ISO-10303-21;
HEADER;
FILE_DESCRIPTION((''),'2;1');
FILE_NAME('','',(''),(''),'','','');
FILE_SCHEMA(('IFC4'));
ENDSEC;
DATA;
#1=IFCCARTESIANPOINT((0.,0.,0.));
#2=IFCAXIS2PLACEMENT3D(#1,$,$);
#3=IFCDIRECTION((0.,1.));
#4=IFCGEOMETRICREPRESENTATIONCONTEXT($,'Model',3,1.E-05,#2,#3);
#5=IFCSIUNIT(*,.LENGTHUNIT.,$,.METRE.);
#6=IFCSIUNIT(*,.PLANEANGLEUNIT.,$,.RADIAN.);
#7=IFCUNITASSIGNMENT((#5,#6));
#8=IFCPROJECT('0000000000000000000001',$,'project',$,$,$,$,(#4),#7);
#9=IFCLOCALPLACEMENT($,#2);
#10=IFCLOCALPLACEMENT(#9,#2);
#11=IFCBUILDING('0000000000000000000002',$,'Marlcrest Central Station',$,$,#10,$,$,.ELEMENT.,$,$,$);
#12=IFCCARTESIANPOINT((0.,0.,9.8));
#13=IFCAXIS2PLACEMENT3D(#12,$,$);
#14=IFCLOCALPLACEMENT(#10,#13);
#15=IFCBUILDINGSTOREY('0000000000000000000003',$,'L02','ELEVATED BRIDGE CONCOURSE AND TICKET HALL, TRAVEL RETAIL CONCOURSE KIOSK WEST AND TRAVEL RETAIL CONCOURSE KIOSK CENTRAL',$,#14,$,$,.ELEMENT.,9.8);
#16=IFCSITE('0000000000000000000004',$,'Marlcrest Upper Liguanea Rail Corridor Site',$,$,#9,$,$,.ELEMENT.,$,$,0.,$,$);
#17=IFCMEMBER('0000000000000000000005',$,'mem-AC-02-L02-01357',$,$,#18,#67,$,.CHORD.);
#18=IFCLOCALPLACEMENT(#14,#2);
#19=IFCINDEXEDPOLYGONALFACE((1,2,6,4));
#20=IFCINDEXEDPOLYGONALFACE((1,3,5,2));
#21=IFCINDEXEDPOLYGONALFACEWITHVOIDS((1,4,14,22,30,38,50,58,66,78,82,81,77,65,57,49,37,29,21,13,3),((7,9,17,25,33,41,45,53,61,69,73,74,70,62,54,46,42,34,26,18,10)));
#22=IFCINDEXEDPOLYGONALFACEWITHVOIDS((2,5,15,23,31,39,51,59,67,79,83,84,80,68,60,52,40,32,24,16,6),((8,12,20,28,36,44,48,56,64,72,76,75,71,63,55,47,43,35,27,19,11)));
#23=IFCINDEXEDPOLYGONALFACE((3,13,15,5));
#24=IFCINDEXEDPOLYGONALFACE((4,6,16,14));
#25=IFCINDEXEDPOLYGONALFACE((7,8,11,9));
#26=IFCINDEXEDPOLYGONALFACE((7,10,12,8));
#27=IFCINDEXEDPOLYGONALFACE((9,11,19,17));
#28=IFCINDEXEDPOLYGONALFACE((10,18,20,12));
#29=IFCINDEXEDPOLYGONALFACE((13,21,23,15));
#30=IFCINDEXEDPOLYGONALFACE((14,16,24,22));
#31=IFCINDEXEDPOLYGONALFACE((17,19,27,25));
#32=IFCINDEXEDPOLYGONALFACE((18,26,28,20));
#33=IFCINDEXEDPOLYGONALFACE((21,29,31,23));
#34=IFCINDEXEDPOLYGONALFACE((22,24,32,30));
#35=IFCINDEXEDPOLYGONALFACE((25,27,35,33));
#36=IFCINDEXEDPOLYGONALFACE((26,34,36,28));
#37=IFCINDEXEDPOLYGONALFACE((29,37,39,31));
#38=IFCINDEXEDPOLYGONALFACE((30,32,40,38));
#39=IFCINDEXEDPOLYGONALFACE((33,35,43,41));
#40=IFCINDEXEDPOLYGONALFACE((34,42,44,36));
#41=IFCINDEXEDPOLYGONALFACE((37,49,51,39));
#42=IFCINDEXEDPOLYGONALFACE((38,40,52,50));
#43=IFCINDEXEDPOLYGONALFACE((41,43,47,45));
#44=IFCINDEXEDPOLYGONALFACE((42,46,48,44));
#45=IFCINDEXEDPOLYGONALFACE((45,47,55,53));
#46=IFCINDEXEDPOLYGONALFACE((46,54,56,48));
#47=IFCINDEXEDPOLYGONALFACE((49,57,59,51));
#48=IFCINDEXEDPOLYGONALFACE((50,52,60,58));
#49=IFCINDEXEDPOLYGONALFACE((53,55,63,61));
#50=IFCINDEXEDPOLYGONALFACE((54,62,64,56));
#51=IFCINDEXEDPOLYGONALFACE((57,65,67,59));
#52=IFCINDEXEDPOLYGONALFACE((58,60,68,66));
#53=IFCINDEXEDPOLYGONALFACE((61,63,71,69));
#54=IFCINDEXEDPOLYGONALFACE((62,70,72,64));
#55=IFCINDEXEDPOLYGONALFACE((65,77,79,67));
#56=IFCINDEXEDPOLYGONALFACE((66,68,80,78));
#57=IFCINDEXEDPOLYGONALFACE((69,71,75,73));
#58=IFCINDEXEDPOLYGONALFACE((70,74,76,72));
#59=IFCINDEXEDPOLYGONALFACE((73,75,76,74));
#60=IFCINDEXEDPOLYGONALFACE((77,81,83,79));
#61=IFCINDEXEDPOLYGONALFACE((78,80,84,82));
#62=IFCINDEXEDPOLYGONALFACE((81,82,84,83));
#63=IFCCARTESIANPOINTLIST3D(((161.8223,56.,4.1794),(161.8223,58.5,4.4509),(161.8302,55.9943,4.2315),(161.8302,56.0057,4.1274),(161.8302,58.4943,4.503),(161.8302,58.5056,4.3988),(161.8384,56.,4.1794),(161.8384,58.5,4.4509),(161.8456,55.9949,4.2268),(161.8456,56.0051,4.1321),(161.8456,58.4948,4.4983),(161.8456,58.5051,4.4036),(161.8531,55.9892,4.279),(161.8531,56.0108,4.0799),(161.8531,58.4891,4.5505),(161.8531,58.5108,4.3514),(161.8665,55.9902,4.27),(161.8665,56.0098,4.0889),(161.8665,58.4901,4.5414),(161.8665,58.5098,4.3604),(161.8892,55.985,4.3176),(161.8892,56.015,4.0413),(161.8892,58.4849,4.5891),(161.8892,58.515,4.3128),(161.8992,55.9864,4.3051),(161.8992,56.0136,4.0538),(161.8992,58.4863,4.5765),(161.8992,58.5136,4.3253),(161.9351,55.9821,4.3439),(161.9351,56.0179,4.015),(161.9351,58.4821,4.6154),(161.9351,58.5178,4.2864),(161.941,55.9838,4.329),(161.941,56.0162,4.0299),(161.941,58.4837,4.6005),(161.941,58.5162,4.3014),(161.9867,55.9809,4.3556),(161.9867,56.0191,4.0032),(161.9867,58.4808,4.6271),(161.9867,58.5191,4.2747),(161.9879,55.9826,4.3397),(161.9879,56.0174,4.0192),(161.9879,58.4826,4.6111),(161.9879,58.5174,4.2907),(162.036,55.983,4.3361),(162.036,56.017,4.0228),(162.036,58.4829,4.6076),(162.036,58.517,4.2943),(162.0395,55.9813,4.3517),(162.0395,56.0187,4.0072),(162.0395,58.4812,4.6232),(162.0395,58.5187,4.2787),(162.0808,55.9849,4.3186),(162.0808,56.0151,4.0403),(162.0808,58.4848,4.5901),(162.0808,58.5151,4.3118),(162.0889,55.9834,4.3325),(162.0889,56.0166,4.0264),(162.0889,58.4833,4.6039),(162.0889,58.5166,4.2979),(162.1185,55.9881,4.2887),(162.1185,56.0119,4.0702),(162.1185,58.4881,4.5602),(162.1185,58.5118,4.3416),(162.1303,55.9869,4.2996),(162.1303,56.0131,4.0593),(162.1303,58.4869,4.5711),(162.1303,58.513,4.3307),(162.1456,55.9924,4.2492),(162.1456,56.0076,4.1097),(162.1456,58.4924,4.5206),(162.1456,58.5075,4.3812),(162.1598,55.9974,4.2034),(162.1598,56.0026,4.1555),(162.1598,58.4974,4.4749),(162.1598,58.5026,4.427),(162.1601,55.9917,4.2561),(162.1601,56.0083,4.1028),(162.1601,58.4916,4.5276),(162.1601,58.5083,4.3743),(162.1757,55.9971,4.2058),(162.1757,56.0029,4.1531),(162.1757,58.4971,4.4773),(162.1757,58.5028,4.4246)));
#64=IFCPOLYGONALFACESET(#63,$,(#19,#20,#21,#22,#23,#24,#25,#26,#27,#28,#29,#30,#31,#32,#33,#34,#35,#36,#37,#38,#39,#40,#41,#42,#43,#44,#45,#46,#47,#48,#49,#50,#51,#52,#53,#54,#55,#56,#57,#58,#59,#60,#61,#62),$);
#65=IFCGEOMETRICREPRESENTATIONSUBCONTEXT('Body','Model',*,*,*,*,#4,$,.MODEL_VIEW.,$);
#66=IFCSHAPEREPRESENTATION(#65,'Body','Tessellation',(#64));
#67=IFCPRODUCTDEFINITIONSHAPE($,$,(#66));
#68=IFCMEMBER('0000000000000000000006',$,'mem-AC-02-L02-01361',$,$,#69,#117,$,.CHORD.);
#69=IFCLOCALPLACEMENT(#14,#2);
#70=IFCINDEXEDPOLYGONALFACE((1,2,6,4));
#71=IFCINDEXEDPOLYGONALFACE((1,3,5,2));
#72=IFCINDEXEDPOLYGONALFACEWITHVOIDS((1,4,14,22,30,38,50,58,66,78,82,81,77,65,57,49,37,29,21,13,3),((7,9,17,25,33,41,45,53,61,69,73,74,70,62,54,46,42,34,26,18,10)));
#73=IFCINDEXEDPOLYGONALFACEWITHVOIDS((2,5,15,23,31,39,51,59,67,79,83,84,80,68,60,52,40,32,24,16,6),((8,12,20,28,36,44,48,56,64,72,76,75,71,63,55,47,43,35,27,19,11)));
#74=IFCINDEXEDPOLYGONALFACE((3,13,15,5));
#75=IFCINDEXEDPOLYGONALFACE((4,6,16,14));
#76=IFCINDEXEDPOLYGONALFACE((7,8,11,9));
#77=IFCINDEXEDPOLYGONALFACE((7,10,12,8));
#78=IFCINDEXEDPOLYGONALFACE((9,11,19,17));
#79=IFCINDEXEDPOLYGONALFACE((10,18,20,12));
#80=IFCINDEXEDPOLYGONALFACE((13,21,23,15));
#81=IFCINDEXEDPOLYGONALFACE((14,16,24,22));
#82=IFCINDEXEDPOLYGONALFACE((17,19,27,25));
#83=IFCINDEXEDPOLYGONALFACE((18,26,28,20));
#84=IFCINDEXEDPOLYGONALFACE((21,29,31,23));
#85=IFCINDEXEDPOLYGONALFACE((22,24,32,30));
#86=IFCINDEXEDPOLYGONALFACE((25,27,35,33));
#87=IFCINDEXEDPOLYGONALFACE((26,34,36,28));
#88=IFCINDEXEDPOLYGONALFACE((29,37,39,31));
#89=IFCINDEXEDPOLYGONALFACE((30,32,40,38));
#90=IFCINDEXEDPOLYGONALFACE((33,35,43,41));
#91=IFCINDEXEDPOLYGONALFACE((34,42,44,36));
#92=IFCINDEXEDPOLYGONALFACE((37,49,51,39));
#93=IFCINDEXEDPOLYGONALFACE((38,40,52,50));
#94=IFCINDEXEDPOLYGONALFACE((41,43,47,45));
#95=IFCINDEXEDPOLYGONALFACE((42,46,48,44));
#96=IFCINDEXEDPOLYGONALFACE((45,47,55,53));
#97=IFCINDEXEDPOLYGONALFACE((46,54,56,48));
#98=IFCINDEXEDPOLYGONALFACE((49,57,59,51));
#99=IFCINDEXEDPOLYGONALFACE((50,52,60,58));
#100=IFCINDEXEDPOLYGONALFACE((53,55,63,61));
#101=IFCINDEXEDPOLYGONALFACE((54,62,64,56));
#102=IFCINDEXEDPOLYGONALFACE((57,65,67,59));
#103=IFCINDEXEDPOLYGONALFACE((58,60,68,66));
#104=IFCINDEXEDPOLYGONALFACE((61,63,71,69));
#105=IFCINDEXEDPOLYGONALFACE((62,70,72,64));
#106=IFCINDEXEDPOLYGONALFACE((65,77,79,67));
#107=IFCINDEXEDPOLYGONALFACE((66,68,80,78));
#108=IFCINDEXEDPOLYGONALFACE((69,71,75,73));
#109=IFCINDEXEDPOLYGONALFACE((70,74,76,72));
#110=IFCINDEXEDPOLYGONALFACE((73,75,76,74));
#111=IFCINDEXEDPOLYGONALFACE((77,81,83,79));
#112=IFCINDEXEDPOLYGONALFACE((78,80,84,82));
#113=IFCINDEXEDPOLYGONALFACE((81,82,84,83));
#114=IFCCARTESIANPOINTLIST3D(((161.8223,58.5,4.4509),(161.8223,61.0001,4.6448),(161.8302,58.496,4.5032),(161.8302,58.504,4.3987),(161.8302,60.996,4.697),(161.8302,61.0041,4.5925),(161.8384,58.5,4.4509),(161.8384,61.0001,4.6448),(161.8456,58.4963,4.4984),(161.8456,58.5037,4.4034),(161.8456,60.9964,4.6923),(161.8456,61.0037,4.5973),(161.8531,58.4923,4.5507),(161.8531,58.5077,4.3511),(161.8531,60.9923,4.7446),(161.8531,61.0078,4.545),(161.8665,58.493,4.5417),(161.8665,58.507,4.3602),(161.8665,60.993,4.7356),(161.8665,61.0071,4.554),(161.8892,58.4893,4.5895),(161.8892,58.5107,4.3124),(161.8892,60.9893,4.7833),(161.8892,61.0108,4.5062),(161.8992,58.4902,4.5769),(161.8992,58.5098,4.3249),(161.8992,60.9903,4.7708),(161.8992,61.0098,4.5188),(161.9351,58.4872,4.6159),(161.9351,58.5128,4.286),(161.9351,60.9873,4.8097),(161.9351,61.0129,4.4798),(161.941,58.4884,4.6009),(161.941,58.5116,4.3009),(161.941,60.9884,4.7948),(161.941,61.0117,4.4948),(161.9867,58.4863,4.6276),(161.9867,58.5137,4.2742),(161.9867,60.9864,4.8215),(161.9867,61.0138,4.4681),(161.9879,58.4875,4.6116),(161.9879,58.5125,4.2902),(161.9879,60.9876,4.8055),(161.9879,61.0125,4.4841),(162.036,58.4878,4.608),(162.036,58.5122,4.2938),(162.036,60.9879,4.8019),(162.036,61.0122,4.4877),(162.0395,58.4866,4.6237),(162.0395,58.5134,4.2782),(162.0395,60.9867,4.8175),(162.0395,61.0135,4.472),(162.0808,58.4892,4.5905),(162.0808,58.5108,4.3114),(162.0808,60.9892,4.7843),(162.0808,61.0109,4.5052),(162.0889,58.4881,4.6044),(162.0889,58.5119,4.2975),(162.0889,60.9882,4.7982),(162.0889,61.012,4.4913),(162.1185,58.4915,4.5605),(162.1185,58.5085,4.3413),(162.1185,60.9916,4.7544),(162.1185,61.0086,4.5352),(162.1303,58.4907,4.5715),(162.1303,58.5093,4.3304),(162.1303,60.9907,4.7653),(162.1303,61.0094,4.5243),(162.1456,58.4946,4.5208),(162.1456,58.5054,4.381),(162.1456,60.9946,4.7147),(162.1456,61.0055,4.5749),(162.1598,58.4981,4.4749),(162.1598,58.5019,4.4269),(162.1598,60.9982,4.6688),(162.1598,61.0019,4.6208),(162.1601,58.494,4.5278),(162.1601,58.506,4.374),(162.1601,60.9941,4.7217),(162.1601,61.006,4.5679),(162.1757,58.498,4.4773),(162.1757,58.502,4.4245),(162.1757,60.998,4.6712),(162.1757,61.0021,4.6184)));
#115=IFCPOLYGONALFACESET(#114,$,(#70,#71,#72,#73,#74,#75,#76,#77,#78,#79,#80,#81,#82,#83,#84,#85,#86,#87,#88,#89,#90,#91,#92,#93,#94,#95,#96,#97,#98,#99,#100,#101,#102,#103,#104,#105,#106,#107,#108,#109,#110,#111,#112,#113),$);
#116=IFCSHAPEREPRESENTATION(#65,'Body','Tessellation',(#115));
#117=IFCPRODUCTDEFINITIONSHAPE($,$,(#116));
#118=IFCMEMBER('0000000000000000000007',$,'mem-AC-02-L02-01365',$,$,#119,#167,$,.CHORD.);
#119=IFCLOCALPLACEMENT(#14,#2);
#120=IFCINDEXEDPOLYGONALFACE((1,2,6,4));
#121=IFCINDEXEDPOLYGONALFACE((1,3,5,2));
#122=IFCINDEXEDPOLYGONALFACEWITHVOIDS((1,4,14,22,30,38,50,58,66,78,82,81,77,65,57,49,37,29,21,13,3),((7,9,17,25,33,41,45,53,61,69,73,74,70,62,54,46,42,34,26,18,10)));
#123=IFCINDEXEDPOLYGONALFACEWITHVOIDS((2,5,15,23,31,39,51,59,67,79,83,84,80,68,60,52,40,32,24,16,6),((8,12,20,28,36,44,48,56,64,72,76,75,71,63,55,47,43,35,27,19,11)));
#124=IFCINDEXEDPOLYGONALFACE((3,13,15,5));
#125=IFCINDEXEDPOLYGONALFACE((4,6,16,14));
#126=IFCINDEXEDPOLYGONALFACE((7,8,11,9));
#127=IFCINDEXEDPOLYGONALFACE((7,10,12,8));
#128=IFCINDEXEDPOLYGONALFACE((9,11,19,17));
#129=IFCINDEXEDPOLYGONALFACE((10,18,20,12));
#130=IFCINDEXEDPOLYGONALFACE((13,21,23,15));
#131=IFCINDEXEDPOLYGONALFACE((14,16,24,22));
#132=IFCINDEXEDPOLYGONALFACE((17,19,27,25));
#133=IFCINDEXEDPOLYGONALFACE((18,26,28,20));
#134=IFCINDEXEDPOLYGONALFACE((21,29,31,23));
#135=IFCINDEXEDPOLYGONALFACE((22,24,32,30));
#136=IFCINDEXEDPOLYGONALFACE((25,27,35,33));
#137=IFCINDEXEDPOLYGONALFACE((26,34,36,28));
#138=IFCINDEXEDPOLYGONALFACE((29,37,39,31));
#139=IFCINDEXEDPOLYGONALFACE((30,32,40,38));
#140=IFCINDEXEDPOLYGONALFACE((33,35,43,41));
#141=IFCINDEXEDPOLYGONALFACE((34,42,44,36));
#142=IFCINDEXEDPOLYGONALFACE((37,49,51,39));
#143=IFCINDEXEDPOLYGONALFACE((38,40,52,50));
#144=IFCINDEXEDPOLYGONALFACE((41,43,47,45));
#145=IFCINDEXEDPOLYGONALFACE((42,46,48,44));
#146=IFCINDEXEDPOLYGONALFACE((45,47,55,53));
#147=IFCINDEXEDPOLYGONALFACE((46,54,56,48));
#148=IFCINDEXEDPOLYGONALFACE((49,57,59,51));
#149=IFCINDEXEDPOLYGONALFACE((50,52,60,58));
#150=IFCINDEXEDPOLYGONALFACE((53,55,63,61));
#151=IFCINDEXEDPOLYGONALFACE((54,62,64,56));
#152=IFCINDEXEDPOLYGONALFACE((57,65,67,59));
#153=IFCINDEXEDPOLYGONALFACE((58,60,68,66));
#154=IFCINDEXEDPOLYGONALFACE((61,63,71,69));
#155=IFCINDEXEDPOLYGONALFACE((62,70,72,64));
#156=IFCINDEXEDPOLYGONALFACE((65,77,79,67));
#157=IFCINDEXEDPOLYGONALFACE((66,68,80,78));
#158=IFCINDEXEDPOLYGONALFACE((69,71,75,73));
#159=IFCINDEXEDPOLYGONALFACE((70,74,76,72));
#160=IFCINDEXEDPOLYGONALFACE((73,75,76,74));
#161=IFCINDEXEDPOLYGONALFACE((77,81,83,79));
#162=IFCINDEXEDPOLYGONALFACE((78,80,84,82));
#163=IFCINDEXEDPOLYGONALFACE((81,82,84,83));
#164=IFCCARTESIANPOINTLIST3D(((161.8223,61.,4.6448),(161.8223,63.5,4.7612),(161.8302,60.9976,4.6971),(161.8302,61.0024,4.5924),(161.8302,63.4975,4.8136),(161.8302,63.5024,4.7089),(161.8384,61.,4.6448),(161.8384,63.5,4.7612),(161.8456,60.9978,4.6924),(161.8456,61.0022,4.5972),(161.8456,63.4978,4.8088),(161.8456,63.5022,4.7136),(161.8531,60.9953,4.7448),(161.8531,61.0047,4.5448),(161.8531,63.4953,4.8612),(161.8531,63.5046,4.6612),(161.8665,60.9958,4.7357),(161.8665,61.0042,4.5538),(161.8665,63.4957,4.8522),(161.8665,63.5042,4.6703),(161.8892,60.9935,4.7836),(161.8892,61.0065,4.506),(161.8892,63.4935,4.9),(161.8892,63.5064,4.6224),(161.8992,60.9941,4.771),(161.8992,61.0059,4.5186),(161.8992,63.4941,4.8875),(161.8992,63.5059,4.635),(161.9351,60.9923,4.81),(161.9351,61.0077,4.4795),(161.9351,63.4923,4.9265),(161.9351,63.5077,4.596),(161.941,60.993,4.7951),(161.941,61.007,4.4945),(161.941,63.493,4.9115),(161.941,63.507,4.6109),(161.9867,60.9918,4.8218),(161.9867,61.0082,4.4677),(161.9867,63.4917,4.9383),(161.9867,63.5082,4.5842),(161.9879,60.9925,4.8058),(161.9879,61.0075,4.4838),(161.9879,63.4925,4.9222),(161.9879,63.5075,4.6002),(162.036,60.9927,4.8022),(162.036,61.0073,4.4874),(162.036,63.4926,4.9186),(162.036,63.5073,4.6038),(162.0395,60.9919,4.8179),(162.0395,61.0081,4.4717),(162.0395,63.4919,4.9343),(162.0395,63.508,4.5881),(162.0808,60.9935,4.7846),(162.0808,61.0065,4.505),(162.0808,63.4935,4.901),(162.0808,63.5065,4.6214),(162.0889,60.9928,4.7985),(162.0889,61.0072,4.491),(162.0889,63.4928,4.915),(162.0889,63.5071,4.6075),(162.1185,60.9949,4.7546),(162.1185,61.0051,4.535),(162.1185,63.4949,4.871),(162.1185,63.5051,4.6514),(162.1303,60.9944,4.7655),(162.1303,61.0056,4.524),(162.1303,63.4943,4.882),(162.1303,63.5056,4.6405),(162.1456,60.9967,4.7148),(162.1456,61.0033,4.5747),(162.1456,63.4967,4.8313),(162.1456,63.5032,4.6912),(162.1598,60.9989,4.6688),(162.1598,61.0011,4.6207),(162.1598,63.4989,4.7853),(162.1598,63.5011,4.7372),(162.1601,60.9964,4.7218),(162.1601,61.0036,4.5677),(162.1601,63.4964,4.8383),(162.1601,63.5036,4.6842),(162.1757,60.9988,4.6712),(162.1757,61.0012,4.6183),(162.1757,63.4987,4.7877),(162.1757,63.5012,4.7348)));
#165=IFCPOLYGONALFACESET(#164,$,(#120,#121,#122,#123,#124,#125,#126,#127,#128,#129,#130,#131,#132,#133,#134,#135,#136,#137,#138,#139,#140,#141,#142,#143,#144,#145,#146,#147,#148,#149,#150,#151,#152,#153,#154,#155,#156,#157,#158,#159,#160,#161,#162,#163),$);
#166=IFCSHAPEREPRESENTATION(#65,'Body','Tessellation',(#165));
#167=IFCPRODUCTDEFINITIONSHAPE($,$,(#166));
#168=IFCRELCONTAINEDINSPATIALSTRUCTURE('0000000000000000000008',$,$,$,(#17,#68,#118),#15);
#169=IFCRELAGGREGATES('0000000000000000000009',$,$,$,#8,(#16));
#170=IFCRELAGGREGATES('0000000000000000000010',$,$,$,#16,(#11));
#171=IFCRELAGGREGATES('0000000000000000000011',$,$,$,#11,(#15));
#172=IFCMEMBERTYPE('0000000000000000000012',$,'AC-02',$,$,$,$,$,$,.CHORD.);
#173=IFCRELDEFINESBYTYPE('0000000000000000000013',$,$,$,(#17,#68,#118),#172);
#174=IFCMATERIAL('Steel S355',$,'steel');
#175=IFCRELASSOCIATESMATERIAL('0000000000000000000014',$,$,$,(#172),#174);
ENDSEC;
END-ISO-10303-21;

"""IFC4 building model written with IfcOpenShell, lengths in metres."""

from ifc_helpers import new_model, si_unit, direction, frame, origin, origin_2d, place, context, subcontext, project, spatial, hollow_circle, extrude, material, material_profile, profile_set, type_object, element, save


model = new_model("IFC4")

# Units and contexts
model_context = context("Model", 3, precision=1e-05, world=origin(), true_north=direction((0.0, 1.0)))
body_context = subcontext(model_context, "Body", "Model", "MODEL_VIEW")
ifc_project = project(units=[si_unit("LENGTHUNIT", "METRE"), si_unit("PLANEANGLEUNIT", "RADIAN")], contexts=[model_context])

# Site, building, storey
site_placement = place(None, origin())
site = spatial("IfcSite", under=ifc_project, at=site_placement, Name="Marlcrest Upper Liguanea Rail Corridor Site", CompositionType="ELEMENT", RefElevation=0.0)
building_placement = place(site_placement, origin())
building = spatial("IfcBuilding", under=site, at=building_placement, Name="Marlcrest Central Station", CompositionType="ELEMENT")
storey_placement = place(building_placement, frame((0.0, 0.0, 9.8)))
storey = spatial("IfcBuildingStorey", under=building, at=storey_placement, Name="L02", Description="ELEVATED BRIDGE CONCOURSE AND TICKET HALL, TRAVEL RETAIL CONCOURSE KIOSK WEST AND TRAVEL RETAIL CONCOURSE KIOSK CENTRAL", CompositionType="ELEMENT", Elevation=9.8)

# Members
ifc_material = material(Name="Steel S355", Category="steel")
ifc_material_profile_1 = material_profile(ifc_material, hollow_circle(Radius=0.1777, WallThickness=0.0161, at=origin_2d()), Name="CHS 355.6x16")
ifc_profile_set_1 = profile_set([ifc_material_profile_1], Name="Steel S355")
member_type_1 = type_object("IfcMemberType", Name="AC-02", PredefinedType="CHORD", material=ifc_profile_set_1)
member_1_placement = place(storey_placement, frame((162.0, 56.0, 4.1794), z_axis=(0.0, 0.994155, 0.107959), x_axis=(-1.0, 0.0, 0.0)))
element("IfcMember", 1, at=member_1_placement, inside=storey, type_object=member_type_1, Name="mem-AC-02-L02-01357", PredefinedType="CHORD", context=body_context, shape_type="SweptSolid", body=[
    extrude(hollow_circle(Radius=0.1777, WallThickness=0.0161, at=origin_2d()), origin(), (0.0, 0.0, 1.0), 2.5146),
])
member_2_placement = place(storey_placement, frame((162.0, 58.5, 4.4509), z_axis=(0.0, 0.997007, 0.077307), x_axis=(-1.0, 0.0, 0.0)))
element("IfcMember", 2, at=member_2_placement, inside=storey, type_object=member_type_1, Name="mem-AC-02-L02-01361", PredefinedType="CHORD", context=body_context, shape_type="SweptSolid", body=[
    extrude(hollow_circle(Radius=0.1777, WallThickness=0.0161, at=origin_2d()), origin(), (0.0, 0.0, 1.0), 2.5076),
])
member_3_placement = place(storey_placement, frame((162.0, 61.0, 4.6448), z_axis=(0.0, 0.998917, 0.046532), x_axis=(-1.0, 0.0, 0.0)))
element("IfcMember", 3, at=member_3_placement, inside=storey, type_object=member_type_1, Name="mem-AC-02-L02-01365", PredefinedType="CHORD", context=body_context, shape_type="SweptSolid", body=[
    extrude(hollow_circle(Radius=0.1777, WallThickness=0.0161, at=origin_2d()), origin(), (0.0, 0.0, 1.0), 2.5027),
])

save(model, "model.ifc")
